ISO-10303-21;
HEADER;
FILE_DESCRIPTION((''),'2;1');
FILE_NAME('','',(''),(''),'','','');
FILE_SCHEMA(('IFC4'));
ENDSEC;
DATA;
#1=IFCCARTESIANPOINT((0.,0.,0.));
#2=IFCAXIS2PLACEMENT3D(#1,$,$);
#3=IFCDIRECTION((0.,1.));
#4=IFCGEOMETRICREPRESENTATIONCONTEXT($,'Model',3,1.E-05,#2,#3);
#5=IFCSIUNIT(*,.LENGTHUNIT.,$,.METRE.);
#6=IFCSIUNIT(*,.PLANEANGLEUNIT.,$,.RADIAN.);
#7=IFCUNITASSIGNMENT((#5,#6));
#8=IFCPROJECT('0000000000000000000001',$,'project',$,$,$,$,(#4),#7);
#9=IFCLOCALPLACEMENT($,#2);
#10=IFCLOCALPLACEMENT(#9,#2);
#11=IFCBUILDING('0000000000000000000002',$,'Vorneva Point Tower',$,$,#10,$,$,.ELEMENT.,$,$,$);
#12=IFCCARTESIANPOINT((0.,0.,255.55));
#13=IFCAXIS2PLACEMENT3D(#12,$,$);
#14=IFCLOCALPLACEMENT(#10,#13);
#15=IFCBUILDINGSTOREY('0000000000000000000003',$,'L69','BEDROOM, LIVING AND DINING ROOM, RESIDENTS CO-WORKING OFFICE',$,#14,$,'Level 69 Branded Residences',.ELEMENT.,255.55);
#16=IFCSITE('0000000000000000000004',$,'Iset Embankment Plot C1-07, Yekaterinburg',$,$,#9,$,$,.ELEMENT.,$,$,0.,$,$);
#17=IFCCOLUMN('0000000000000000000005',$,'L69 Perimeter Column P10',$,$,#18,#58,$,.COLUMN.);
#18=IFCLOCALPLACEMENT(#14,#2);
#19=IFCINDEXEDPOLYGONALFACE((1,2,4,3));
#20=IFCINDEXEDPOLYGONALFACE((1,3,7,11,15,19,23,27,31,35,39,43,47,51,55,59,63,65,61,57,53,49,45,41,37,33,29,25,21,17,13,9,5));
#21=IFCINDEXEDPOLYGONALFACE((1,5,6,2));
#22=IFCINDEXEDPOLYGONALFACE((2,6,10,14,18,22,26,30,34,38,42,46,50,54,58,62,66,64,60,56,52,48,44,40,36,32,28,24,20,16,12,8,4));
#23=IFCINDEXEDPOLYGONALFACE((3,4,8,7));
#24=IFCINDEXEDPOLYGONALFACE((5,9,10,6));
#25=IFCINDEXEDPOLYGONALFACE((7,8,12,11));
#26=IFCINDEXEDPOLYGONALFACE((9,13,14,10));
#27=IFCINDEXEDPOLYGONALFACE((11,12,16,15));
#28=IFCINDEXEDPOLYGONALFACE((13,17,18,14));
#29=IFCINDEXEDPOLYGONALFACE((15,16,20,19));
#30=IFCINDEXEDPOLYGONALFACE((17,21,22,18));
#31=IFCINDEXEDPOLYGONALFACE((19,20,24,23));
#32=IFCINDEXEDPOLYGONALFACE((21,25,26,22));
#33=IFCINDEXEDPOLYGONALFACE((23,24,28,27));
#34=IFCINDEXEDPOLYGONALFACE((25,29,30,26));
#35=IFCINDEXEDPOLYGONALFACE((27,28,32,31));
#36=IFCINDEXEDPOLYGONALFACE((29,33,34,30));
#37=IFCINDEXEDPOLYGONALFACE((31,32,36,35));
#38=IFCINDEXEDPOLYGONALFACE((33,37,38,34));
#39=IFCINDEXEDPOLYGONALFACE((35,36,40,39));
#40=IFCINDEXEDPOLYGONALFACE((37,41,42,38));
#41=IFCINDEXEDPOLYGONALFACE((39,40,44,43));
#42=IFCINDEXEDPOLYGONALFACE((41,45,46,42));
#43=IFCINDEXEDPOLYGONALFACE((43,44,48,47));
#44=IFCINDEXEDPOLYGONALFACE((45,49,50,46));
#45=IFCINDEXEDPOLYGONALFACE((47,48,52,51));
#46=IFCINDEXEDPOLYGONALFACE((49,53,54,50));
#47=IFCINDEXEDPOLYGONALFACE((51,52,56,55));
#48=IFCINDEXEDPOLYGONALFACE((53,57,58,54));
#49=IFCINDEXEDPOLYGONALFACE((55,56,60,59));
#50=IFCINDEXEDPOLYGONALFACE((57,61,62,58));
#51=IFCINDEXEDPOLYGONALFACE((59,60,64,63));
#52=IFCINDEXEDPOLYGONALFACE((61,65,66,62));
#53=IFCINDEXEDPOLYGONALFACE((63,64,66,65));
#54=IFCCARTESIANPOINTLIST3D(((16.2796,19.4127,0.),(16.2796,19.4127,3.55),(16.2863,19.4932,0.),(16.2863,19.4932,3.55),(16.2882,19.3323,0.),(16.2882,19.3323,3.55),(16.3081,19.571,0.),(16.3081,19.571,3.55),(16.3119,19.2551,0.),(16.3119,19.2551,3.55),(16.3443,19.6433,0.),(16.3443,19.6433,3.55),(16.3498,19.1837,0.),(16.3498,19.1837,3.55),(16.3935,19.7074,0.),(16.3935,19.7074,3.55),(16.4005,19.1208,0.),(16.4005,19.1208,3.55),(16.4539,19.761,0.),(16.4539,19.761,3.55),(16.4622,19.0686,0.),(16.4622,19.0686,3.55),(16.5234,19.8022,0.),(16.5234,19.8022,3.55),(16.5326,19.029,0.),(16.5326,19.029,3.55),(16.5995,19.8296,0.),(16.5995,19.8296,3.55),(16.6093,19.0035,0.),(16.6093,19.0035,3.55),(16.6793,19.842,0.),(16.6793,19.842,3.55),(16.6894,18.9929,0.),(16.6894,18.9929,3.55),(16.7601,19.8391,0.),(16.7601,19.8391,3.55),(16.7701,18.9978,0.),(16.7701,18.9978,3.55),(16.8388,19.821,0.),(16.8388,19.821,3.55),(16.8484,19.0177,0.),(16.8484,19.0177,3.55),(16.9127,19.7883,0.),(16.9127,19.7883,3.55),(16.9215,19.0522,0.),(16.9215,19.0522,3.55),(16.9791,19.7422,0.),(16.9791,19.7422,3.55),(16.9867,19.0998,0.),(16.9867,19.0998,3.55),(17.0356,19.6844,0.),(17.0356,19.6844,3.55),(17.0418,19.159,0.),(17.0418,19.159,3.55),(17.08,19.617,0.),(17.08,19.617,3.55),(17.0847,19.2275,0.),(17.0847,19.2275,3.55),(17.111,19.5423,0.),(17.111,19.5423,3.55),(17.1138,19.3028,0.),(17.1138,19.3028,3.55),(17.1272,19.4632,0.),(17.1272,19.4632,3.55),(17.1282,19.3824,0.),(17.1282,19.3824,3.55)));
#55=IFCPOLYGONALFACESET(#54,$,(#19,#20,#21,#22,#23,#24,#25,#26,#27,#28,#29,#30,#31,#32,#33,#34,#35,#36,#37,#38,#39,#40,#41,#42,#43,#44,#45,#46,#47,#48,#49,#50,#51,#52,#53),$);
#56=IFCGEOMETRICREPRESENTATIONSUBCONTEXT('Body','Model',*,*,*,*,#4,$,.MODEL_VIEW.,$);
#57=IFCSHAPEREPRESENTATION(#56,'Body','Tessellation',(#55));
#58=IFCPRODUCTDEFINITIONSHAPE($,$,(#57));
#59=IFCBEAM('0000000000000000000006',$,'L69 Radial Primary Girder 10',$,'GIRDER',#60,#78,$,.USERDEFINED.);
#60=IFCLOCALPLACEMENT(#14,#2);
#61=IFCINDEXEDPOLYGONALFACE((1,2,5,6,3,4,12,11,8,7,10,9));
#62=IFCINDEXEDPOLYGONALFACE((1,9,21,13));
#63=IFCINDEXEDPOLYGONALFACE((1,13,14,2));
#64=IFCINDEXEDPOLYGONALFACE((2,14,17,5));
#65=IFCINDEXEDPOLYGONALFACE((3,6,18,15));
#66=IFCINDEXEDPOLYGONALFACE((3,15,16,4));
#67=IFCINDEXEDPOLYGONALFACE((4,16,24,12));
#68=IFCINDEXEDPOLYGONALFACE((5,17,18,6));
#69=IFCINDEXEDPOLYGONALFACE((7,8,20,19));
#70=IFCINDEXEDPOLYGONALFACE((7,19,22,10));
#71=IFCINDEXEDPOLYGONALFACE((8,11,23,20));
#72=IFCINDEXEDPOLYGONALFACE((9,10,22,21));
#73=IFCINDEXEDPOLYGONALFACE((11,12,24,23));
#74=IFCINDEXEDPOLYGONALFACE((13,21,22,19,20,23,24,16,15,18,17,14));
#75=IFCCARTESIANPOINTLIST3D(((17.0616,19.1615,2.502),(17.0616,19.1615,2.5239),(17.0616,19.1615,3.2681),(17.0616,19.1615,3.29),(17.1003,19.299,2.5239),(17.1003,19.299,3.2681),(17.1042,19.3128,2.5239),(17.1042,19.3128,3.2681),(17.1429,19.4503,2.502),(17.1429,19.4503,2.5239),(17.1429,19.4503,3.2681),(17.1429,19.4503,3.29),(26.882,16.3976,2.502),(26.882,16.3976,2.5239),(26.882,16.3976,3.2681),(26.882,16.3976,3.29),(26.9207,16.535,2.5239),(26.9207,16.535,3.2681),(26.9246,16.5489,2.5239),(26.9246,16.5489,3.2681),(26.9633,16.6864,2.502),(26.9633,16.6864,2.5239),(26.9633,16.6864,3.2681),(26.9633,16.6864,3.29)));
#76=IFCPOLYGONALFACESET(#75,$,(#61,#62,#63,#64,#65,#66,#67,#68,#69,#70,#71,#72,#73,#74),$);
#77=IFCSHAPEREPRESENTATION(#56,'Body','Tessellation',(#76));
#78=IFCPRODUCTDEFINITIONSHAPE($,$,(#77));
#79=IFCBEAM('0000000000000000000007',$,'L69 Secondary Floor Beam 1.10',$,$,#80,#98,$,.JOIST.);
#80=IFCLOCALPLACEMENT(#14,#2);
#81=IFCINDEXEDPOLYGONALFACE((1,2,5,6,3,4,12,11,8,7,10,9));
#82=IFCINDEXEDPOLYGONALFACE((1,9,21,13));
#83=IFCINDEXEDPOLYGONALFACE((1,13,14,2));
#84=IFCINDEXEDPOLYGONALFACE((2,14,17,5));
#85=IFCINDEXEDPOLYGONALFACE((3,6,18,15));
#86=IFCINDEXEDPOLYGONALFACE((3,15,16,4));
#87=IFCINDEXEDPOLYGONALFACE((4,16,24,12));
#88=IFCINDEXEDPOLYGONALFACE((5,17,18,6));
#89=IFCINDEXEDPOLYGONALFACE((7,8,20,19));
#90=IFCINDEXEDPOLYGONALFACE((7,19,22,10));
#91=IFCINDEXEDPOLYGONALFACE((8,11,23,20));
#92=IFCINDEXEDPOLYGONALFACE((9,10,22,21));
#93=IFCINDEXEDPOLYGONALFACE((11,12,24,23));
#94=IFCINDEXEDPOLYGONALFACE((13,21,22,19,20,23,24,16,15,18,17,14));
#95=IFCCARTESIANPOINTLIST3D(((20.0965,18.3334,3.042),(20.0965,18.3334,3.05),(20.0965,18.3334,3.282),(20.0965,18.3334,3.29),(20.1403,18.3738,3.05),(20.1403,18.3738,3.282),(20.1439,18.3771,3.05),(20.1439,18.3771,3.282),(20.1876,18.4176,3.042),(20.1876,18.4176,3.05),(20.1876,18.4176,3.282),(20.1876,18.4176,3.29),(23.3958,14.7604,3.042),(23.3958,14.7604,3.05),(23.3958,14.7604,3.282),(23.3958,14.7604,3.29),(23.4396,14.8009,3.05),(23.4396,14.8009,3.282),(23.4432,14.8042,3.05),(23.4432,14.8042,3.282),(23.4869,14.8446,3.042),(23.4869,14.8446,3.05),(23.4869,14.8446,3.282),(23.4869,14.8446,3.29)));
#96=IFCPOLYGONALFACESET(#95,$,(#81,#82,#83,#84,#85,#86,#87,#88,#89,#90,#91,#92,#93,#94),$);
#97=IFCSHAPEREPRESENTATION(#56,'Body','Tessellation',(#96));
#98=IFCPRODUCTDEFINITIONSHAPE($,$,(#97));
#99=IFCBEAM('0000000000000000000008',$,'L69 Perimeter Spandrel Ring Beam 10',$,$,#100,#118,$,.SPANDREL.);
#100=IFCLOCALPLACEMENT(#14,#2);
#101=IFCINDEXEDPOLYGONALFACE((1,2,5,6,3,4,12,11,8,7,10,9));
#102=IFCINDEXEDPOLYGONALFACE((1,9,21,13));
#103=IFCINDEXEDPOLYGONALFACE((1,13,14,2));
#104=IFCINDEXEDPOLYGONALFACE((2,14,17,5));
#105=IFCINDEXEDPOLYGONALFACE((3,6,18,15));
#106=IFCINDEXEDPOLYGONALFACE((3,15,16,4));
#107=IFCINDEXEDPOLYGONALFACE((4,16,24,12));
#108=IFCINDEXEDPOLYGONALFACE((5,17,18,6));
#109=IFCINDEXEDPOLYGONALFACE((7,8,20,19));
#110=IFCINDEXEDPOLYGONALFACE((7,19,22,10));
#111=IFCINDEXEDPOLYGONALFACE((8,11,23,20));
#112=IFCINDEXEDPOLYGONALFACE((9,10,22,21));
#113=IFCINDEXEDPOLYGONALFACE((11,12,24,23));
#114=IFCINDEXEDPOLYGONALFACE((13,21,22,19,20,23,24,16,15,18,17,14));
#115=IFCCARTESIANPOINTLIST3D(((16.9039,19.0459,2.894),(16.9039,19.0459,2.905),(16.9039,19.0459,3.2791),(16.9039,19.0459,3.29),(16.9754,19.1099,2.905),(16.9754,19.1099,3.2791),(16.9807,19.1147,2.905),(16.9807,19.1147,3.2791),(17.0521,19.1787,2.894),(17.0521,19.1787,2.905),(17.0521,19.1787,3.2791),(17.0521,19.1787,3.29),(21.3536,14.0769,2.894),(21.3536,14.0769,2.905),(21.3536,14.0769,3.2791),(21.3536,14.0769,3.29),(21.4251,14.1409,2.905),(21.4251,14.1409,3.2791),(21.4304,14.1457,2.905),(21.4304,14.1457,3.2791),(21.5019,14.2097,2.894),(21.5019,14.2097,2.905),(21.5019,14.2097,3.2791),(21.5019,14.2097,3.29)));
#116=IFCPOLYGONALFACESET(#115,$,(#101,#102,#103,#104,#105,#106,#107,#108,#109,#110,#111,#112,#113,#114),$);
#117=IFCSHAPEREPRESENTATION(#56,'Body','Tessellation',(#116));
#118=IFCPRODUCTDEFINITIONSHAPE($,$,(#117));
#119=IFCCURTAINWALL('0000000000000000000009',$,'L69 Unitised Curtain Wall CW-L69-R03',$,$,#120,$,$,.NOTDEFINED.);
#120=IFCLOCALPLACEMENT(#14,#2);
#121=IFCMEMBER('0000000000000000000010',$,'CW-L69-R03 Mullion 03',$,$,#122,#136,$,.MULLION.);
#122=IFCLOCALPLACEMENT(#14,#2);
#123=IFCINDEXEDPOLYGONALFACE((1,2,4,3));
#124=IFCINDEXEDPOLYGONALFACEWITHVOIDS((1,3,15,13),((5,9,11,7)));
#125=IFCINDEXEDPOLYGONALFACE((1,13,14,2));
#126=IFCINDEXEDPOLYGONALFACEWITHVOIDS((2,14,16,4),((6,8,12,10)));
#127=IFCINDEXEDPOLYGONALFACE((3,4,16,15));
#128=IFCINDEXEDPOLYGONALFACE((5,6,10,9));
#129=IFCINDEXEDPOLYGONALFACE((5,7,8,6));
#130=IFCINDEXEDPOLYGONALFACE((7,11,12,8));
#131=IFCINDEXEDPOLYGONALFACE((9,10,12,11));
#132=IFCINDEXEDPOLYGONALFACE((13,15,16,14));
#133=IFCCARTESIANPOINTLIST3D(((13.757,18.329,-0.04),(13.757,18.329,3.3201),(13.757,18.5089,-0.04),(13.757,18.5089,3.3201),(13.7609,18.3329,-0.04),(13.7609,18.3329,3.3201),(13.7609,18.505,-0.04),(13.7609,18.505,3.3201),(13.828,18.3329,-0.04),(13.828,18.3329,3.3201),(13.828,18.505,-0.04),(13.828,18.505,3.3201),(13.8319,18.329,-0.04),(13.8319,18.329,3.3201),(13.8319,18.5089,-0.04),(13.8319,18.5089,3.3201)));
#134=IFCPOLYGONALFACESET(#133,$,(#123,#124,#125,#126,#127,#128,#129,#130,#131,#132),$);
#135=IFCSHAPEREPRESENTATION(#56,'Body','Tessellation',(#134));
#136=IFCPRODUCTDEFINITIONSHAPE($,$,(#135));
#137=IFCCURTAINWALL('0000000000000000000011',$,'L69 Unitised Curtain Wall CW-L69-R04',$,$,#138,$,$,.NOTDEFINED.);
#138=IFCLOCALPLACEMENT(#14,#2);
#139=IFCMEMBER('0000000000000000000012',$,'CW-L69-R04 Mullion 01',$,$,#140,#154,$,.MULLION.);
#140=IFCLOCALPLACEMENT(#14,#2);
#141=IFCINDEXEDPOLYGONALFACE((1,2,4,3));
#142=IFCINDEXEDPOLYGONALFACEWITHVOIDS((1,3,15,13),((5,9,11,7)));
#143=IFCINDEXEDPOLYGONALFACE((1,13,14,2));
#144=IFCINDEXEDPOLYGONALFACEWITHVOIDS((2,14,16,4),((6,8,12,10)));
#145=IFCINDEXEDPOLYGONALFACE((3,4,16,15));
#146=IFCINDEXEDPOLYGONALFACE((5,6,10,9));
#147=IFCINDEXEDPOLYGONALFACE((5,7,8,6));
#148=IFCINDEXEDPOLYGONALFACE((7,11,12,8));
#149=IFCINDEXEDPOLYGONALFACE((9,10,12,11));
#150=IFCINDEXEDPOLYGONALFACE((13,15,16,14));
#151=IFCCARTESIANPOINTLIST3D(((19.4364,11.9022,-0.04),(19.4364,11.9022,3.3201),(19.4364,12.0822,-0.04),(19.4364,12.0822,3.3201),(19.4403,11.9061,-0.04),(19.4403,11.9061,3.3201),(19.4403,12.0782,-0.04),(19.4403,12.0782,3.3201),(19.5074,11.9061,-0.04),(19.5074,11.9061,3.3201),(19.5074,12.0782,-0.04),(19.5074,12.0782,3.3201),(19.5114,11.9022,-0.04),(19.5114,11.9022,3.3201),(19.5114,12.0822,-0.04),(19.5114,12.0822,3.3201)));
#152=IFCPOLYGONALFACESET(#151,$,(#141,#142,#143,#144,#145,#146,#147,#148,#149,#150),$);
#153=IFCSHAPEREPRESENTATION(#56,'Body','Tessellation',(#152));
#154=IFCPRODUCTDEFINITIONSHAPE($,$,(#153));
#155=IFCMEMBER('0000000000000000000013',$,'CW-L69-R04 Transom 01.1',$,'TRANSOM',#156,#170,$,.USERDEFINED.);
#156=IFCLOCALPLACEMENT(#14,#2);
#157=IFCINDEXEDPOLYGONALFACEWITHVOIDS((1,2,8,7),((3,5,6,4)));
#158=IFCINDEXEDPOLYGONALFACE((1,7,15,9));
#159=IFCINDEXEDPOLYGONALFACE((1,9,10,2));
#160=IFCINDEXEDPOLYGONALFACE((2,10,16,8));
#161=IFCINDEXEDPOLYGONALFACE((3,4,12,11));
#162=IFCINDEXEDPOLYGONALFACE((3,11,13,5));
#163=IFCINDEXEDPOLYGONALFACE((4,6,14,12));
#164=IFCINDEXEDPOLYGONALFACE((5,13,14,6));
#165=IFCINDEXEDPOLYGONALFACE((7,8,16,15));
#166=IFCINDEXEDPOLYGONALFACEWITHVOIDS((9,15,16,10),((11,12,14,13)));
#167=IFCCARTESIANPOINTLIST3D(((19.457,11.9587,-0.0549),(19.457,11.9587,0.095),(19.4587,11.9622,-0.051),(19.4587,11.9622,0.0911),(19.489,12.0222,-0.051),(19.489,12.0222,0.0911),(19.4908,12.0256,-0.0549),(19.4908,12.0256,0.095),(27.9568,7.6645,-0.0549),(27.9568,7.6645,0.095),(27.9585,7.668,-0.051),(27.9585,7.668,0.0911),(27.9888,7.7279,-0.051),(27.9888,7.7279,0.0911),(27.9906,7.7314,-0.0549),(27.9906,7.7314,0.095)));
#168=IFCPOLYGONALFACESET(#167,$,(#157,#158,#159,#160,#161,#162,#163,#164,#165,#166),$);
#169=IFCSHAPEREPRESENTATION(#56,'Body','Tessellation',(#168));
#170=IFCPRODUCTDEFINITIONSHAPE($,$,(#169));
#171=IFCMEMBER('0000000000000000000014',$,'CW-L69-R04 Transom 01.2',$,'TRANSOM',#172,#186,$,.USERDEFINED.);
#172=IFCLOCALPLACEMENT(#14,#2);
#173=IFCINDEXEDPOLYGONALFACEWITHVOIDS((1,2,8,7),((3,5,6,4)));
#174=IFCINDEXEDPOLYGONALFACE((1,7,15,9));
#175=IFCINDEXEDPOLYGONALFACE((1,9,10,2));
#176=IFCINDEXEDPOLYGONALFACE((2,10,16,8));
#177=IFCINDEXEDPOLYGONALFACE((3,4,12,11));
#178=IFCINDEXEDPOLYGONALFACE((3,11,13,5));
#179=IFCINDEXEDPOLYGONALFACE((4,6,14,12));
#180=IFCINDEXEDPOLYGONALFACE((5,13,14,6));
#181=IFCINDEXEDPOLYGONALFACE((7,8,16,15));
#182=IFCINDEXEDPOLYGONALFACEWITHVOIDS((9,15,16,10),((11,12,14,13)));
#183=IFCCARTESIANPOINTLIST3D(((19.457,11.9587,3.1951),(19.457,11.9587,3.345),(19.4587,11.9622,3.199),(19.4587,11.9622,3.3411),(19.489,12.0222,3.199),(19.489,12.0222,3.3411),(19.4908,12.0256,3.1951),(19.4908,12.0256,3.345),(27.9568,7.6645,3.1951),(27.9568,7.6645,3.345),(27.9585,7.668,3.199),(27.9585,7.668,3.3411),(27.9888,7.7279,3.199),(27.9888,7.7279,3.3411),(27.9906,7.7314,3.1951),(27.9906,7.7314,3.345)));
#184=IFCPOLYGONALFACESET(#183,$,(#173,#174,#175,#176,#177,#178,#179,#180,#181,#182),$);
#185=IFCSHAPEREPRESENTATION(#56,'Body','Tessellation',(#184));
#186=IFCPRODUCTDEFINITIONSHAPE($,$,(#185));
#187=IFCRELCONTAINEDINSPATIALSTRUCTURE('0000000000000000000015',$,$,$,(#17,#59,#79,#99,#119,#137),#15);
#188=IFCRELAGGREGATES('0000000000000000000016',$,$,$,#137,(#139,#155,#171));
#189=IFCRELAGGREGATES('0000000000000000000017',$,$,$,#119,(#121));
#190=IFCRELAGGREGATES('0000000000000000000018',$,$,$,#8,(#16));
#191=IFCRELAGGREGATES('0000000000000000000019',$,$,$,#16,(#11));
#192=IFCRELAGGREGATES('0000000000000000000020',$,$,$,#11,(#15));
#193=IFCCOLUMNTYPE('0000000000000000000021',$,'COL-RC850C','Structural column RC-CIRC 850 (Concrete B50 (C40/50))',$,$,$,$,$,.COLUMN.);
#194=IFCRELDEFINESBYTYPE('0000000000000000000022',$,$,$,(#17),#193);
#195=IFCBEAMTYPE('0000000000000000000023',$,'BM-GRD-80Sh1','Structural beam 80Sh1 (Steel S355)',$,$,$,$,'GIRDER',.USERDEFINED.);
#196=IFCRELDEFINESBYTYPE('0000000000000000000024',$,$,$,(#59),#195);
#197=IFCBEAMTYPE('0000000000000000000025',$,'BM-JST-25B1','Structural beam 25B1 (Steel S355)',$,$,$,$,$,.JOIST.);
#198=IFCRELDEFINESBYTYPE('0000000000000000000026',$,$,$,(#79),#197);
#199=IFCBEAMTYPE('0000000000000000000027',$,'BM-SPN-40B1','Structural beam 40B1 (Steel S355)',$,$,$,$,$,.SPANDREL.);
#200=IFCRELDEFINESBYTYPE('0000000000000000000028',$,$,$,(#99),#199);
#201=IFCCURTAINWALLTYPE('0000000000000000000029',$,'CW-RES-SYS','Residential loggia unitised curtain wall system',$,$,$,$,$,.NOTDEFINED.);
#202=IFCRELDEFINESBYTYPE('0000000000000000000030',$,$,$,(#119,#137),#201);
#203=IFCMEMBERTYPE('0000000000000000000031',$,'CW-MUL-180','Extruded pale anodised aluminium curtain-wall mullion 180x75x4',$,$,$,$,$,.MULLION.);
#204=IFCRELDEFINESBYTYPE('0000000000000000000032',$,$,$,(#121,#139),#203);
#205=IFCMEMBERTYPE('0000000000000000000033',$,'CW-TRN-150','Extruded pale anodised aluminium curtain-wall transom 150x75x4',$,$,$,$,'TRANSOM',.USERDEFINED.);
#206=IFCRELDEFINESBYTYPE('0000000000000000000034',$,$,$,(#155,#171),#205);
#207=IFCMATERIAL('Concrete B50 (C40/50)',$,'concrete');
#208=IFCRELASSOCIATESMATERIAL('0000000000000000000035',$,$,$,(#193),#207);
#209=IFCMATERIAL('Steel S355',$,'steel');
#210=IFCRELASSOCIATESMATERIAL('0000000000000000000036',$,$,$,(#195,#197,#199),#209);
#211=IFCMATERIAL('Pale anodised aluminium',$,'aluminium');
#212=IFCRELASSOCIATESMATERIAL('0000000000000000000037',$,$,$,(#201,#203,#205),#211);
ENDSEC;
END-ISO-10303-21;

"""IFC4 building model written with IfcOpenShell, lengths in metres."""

from ifc_helpers import new_model, si_unit, direction, frame, origin, origin_2d, place, context, subcontext, project, spatial, hollow_rectangle, circle, i_section, extrude, material, material_profile, profile_set, type_object, element, aggregate, save


model = new_model("IFC4")

# Units and contexts
model_context = context("Model", 3, precision=1e-05, world=origin(), true_north=direction((0.0, 1.0)))
body_context = subcontext(model_context, "Body", "Model", "MODEL_VIEW")
ifc_project = project(units=[si_unit("LENGTHUNIT", "METRE"), si_unit("PLANEANGLEUNIT", "RADIAN")], contexts=[model_context])

# Site, building, storey
site_placement = place(None, origin())
site = spatial("IfcSite", under=ifc_project, at=site_placement, Name="Iset Embankment Plot C1-07, Yekaterinburg", CompositionType="ELEMENT", RefElevation=0.0)
building_placement = place(site_placement, origin())
building = spatial("IfcBuilding", under=site, at=building_placement, Name="Vorneva Point Tower", CompositionType="ELEMENT")
storey_placement = place(building_placement, frame((0.0, 0.0, 255.55)))
storey = spatial("IfcBuildingStorey", under=building, at=storey_placement, Name="L69", Description="BEDROOM, LIVING AND DINING ROOM, RESIDENTS CO-WORKING OFFICE", LongName="Level 69 Branded Residences", CompositionType="ELEMENT", Elevation=255.55)

# Column
ifc_material_1 = material(Name="Concrete B50 (C40/50)", Category="concrete")
ifc_material_profile_1 = material_profile(ifc_material_1, circle(Radius=0.425, at=origin_2d()), Name="RC-CIRC 850")
ifc_profile_set_1 = profile_set([ifc_material_profile_1], Name="Concrete B50 (C40/50)")
column_type = type_object("IfcColumnType", Name="COL-RC850C", Description="Structural column RC-CIRC 850 (Concrete B50 (C40/50))", PredefinedType="COLUMN", material=ifc_profile_set_1)
column_placement = place(storey_placement, frame((16.7046, 19.4177, 0.0), z_axis=(0.0, 0.0, 1.0), x_axis=(-0.92388, -0.382683, 0.0)))
element("IfcColumn", 1, at=column_placement, inside=storey, type_object=column_type, Name="L69 Perimeter Column P10", PredefinedType="COLUMN", context=body_context, shape_type="SweptSolid", body=[
    extrude(circle(Radius=0.425, at=origin_2d()), origin(), (0.0, 0.0, 1.0), 3.55),
])

# Beams
ifc_material_2 = material(Name="Steel S355", Category="steel")
ifc_material_profile_2 = material_profile(ifc_material_2, i_section(OverallWidth=0.3, OverallDepth=0.7881, WebThickness=0.0144, FlangeThickness=0.022, at=origin_2d()), Name="80Sh1")
ifc_profile_set_2 = profile_set([ifc_material_profile_2], Name="Steel S355")
beam_type_1 = type_object("IfcBeamType", Name="BM-GRD-80Sh1", Description="Structural beam 80Sh1 (Steel S355)", ElementType="GIRDER", PredefinedType="USERDEFINED", material=ifc_profile_set_2)
beam_1_placement = place(storey_placement, frame((17.1023, 19.3059, 2.896), z_axis=(0.962601, -0.270923, 0.0), x_axis=(0.270923, 0.962601, 0.0)))
element("IfcBeam", 2, at=beam_1_placement, inside=storey, type_object=beam_type_1, Name="L69 Radial Primary Girder 10", ObjectType="GIRDER", PredefinedType="USERDEFINED", context=body_context, shape_type="SweptSolid", body=[
    extrude(i_section(OverallWidth=0.3, OverallDepth=0.7881, WebThickness=0.0144, FlangeThickness=0.022, at=origin_2d()), origin(), (0.0, 0.0, 1.0), 10.2019),
])
ifc_material_profile_3 = material_profile(ifc_material_2, i_section(OverallWidth=0.124, OverallDepth=0.248, WebThickness=0.0049, FlangeThickness=0.0081, at=origin_2d()), Name="25B1")
ifc_profile_set_3 = profile_set([ifc_material_profile_3], Name="Steel S355")
beam_type_2 = type_object("IfcBeamType", Name="BM-JST-25B1", Description="Structural beam 25B1 (Steel S355)", PredefinedType="JOIST", material=ifc_profile_set_3)
beam_2_placement = place(storey_placement, frame((20.1421, 18.3755, 3.166), z_axis=(0.678409, -0.734684, 0.0), x_axis=(0.734684, 0.678409, 0.0)))
element("IfcBeam", 3, at=beam_2_placement, inside=storey, type_object=beam_type_2, Name="L69 Secondary Floor Beam 1.10", PredefinedType="JOIST", context=body_context, shape_type="SweptSolid", body=[
    extrude(i_section(OverallWidth=0.124, OverallDepth=0.248, WebThickness=0.0049, FlangeThickness=0.0081, at=origin_2d()), origin(), (0.0, 0.0, 1.0), 4.8633),
])
ifc_material_profile_4 = material_profile(ifc_material_2, i_section(OverallWidth=0.199, OverallDepth=0.396, WebThickness=0.0071, FlangeThickness=0.011, at=origin_2d()), Name="40B1")
ifc_profile_set_4 = profile_set([ifc_material_profile_4], Name="Steel S355")
beam_type_3 = type_object("IfcBeamType", Name="BM-SPN-40B1", Description="Structural beam 40B1 (Steel S355)", PredefinedType="SPANDREL", material=ifc_profile_set_4)
beam_3_placement = place(storey_placement, frame((16.978, 19.1123, 3.092), z_axis=(0.667108, -0.744961, 0.0), x_axis=(0.744961, 0.667108, 0.0)))
element("IfcBeam", 4, at=beam_3_placement, inside=storey, type_object=beam_type_3, Name="L69 Perimeter Spandrel Ring Beam 10", PredefinedType="SPANDREL", context=body_context, shape_type="SweptSolid", body=[
    extrude(i_section(OverallWidth=0.199, OverallDepth=0.396, WebThickness=0.0071, FlangeThickness=0.011, at=origin_2d()), origin(), (0.0, 0.0, 1.0), 6.6702),
])

# Curtain wall, member
ifc_material_3 = material(Name="Pale anodised aluminium", Category="aluminium")
curtain_wall_type = type_object("IfcCurtainWallType", Name="CW-RES-SYS", Description="Residential loggia unitised curtain wall system", PredefinedType="NOTDEFINED", material=ifc_material_3)
curtain_wall_1_placement = place(storey_placement, origin())
curtain_wall_1 = element("IfcCurtainWall", 5, at=curtain_wall_1_placement, inside=storey, type_object=curtain_wall_type, Name="L69 Unitised Curtain Wall CW-L69-R03", PredefinedType="NOTDEFINED")
ifc_material_profile_5 = material_profile(ifc_material_3, hollow_rectangle(XDim=0.075, YDim=0.1799, WallThickness=0.0039, at=origin_2d()), Name="AL-MUL 180x75x4")
ifc_profile_set_5 = profile_set([ifc_material_profile_5], Name="Pale anodised aluminium")
member_type_1 = type_object("IfcMemberType", Name="CW-MUL-180", Description="Extruded pale anodised aluminium curtain-wall mullion 180x75x4", PredefinedType="MULLION", material=ifc_profile_set_5)
member_1_placement = place(storey_placement, frame((13.7944, 18.4189, -0.04), z_axis=(0.0, 0.0, 1.0), x_axis=(1.0, 0.0, 0.0)))
member_1 = element("IfcMember", 6, at=member_1_placement, type_object=member_type_1, Name="CW-L69-R03 Mullion 03", PredefinedType="MULLION", context=body_context, shape_type="SweptSolid", body=[
    extrude(hollow_rectangle(XDim=0.075, YDim=0.1799, WallThickness=0.0039, at=origin_2d()), origin(), (0.0, 0.0, 1.0), 3.3601),
])

# Curtain wall, members
curtain_wall_2_placement = place(storey_placement, origin())
curtain_wall_2 = element("IfcCurtainWall", 7, at=curtain_wall_2_placement, inside=storey, type_object=curtain_wall_type, Name="L69 Unitised Curtain Wall CW-L69-R04", PredefinedType="NOTDEFINED")
member_2_placement = place(storey_placement, frame((19.4739, 11.9922, -0.04), z_axis=(0.0, 0.0, 1.0), x_axis=(1.0, 0.0, 0.0)))
member_2 = element("IfcMember", 8, at=member_2_placement, type_object=member_type_1, Name="CW-L69-R04 Mullion 01", PredefinedType="MULLION", context=body_context, shape_type="SweptSolid", body=[
    extrude(hollow_rectangle(XDim=0.075, YDim=0.1799, WallThickness=0.0039, at=origin_2d()), origin(), (0.0, 0.0, 1.0), 3.3601),
])
ifc_material_profile_6 = material_profile(ifc_material_3, hollow_rectangle(XDim=0.075, YDim=0.1499, WallThickness=0.0039, at=origin_2d()), Name="AL-TRN 150x75x4")
ifc_profile_set_6 = profile_set([ifc_material_profile_6], Name="Pale anodised aluminium")
member_type_2 = type_object("IfcMemberType", Name="CW-TRN-150", Description="Extruded pale anodised aluminium curtain-wall transom 150x75x4", ElementType="TRANSOM", PredefinedType="USERDEFINED", material=ifc_profile_set_6)
member_3_placement = place(storey_placement, frame((19.4739, 11.9922, 0.02), z_axis=(0.892558, -0.450932, 0.0), x_axis=(0.450932, 0.892558, 0.0)))
member_3 = element("IfcMember", 9, at=member_3_placement, type_object=member_type_2, Name="CW-L69-R04 Transom 01.1", ObjectType="TRANSOM", PredefinedType="USERDEFINED", context=body_context, shape_type="SweptSolid", body=[
    extrude(hollow_rectangle(XDim=0.075, YDim=0.1499, WallThickness=0.0039, at=origin_2d()), origin(), (0.0, 0.0, 1.0), 9.5229),
])
member_4_placement = place(storey_placement, frame((19.4739, 11.9922, 3.27), z_axis=(0.892558, -0.450932, 0.0), x_axis=(0.450932, 0.892558, 0.0)))
member_4 = element("IfcMember", 10, at=member_4_placement, type_object=member_type_2, Name="CW-L69-R04 Transom 01.2", ObjectType="TRANSOM", PredefinedType="USERDEFINED", context=body_context, shape_type="SweptSolid", body=[
    extrude(hollow_rectangle(XDim=0.075, YDim=0.1499, WallThickness=0.0039, at=origin_2d()), origin(), (0.0, 0.0, 1.0), 9.5229),
])
aggregate(curtain_wall_2, [member_2, member_3, member_4])

aggregate(curtain_wall_1, [member_1])

save(model, "model.ifc")
